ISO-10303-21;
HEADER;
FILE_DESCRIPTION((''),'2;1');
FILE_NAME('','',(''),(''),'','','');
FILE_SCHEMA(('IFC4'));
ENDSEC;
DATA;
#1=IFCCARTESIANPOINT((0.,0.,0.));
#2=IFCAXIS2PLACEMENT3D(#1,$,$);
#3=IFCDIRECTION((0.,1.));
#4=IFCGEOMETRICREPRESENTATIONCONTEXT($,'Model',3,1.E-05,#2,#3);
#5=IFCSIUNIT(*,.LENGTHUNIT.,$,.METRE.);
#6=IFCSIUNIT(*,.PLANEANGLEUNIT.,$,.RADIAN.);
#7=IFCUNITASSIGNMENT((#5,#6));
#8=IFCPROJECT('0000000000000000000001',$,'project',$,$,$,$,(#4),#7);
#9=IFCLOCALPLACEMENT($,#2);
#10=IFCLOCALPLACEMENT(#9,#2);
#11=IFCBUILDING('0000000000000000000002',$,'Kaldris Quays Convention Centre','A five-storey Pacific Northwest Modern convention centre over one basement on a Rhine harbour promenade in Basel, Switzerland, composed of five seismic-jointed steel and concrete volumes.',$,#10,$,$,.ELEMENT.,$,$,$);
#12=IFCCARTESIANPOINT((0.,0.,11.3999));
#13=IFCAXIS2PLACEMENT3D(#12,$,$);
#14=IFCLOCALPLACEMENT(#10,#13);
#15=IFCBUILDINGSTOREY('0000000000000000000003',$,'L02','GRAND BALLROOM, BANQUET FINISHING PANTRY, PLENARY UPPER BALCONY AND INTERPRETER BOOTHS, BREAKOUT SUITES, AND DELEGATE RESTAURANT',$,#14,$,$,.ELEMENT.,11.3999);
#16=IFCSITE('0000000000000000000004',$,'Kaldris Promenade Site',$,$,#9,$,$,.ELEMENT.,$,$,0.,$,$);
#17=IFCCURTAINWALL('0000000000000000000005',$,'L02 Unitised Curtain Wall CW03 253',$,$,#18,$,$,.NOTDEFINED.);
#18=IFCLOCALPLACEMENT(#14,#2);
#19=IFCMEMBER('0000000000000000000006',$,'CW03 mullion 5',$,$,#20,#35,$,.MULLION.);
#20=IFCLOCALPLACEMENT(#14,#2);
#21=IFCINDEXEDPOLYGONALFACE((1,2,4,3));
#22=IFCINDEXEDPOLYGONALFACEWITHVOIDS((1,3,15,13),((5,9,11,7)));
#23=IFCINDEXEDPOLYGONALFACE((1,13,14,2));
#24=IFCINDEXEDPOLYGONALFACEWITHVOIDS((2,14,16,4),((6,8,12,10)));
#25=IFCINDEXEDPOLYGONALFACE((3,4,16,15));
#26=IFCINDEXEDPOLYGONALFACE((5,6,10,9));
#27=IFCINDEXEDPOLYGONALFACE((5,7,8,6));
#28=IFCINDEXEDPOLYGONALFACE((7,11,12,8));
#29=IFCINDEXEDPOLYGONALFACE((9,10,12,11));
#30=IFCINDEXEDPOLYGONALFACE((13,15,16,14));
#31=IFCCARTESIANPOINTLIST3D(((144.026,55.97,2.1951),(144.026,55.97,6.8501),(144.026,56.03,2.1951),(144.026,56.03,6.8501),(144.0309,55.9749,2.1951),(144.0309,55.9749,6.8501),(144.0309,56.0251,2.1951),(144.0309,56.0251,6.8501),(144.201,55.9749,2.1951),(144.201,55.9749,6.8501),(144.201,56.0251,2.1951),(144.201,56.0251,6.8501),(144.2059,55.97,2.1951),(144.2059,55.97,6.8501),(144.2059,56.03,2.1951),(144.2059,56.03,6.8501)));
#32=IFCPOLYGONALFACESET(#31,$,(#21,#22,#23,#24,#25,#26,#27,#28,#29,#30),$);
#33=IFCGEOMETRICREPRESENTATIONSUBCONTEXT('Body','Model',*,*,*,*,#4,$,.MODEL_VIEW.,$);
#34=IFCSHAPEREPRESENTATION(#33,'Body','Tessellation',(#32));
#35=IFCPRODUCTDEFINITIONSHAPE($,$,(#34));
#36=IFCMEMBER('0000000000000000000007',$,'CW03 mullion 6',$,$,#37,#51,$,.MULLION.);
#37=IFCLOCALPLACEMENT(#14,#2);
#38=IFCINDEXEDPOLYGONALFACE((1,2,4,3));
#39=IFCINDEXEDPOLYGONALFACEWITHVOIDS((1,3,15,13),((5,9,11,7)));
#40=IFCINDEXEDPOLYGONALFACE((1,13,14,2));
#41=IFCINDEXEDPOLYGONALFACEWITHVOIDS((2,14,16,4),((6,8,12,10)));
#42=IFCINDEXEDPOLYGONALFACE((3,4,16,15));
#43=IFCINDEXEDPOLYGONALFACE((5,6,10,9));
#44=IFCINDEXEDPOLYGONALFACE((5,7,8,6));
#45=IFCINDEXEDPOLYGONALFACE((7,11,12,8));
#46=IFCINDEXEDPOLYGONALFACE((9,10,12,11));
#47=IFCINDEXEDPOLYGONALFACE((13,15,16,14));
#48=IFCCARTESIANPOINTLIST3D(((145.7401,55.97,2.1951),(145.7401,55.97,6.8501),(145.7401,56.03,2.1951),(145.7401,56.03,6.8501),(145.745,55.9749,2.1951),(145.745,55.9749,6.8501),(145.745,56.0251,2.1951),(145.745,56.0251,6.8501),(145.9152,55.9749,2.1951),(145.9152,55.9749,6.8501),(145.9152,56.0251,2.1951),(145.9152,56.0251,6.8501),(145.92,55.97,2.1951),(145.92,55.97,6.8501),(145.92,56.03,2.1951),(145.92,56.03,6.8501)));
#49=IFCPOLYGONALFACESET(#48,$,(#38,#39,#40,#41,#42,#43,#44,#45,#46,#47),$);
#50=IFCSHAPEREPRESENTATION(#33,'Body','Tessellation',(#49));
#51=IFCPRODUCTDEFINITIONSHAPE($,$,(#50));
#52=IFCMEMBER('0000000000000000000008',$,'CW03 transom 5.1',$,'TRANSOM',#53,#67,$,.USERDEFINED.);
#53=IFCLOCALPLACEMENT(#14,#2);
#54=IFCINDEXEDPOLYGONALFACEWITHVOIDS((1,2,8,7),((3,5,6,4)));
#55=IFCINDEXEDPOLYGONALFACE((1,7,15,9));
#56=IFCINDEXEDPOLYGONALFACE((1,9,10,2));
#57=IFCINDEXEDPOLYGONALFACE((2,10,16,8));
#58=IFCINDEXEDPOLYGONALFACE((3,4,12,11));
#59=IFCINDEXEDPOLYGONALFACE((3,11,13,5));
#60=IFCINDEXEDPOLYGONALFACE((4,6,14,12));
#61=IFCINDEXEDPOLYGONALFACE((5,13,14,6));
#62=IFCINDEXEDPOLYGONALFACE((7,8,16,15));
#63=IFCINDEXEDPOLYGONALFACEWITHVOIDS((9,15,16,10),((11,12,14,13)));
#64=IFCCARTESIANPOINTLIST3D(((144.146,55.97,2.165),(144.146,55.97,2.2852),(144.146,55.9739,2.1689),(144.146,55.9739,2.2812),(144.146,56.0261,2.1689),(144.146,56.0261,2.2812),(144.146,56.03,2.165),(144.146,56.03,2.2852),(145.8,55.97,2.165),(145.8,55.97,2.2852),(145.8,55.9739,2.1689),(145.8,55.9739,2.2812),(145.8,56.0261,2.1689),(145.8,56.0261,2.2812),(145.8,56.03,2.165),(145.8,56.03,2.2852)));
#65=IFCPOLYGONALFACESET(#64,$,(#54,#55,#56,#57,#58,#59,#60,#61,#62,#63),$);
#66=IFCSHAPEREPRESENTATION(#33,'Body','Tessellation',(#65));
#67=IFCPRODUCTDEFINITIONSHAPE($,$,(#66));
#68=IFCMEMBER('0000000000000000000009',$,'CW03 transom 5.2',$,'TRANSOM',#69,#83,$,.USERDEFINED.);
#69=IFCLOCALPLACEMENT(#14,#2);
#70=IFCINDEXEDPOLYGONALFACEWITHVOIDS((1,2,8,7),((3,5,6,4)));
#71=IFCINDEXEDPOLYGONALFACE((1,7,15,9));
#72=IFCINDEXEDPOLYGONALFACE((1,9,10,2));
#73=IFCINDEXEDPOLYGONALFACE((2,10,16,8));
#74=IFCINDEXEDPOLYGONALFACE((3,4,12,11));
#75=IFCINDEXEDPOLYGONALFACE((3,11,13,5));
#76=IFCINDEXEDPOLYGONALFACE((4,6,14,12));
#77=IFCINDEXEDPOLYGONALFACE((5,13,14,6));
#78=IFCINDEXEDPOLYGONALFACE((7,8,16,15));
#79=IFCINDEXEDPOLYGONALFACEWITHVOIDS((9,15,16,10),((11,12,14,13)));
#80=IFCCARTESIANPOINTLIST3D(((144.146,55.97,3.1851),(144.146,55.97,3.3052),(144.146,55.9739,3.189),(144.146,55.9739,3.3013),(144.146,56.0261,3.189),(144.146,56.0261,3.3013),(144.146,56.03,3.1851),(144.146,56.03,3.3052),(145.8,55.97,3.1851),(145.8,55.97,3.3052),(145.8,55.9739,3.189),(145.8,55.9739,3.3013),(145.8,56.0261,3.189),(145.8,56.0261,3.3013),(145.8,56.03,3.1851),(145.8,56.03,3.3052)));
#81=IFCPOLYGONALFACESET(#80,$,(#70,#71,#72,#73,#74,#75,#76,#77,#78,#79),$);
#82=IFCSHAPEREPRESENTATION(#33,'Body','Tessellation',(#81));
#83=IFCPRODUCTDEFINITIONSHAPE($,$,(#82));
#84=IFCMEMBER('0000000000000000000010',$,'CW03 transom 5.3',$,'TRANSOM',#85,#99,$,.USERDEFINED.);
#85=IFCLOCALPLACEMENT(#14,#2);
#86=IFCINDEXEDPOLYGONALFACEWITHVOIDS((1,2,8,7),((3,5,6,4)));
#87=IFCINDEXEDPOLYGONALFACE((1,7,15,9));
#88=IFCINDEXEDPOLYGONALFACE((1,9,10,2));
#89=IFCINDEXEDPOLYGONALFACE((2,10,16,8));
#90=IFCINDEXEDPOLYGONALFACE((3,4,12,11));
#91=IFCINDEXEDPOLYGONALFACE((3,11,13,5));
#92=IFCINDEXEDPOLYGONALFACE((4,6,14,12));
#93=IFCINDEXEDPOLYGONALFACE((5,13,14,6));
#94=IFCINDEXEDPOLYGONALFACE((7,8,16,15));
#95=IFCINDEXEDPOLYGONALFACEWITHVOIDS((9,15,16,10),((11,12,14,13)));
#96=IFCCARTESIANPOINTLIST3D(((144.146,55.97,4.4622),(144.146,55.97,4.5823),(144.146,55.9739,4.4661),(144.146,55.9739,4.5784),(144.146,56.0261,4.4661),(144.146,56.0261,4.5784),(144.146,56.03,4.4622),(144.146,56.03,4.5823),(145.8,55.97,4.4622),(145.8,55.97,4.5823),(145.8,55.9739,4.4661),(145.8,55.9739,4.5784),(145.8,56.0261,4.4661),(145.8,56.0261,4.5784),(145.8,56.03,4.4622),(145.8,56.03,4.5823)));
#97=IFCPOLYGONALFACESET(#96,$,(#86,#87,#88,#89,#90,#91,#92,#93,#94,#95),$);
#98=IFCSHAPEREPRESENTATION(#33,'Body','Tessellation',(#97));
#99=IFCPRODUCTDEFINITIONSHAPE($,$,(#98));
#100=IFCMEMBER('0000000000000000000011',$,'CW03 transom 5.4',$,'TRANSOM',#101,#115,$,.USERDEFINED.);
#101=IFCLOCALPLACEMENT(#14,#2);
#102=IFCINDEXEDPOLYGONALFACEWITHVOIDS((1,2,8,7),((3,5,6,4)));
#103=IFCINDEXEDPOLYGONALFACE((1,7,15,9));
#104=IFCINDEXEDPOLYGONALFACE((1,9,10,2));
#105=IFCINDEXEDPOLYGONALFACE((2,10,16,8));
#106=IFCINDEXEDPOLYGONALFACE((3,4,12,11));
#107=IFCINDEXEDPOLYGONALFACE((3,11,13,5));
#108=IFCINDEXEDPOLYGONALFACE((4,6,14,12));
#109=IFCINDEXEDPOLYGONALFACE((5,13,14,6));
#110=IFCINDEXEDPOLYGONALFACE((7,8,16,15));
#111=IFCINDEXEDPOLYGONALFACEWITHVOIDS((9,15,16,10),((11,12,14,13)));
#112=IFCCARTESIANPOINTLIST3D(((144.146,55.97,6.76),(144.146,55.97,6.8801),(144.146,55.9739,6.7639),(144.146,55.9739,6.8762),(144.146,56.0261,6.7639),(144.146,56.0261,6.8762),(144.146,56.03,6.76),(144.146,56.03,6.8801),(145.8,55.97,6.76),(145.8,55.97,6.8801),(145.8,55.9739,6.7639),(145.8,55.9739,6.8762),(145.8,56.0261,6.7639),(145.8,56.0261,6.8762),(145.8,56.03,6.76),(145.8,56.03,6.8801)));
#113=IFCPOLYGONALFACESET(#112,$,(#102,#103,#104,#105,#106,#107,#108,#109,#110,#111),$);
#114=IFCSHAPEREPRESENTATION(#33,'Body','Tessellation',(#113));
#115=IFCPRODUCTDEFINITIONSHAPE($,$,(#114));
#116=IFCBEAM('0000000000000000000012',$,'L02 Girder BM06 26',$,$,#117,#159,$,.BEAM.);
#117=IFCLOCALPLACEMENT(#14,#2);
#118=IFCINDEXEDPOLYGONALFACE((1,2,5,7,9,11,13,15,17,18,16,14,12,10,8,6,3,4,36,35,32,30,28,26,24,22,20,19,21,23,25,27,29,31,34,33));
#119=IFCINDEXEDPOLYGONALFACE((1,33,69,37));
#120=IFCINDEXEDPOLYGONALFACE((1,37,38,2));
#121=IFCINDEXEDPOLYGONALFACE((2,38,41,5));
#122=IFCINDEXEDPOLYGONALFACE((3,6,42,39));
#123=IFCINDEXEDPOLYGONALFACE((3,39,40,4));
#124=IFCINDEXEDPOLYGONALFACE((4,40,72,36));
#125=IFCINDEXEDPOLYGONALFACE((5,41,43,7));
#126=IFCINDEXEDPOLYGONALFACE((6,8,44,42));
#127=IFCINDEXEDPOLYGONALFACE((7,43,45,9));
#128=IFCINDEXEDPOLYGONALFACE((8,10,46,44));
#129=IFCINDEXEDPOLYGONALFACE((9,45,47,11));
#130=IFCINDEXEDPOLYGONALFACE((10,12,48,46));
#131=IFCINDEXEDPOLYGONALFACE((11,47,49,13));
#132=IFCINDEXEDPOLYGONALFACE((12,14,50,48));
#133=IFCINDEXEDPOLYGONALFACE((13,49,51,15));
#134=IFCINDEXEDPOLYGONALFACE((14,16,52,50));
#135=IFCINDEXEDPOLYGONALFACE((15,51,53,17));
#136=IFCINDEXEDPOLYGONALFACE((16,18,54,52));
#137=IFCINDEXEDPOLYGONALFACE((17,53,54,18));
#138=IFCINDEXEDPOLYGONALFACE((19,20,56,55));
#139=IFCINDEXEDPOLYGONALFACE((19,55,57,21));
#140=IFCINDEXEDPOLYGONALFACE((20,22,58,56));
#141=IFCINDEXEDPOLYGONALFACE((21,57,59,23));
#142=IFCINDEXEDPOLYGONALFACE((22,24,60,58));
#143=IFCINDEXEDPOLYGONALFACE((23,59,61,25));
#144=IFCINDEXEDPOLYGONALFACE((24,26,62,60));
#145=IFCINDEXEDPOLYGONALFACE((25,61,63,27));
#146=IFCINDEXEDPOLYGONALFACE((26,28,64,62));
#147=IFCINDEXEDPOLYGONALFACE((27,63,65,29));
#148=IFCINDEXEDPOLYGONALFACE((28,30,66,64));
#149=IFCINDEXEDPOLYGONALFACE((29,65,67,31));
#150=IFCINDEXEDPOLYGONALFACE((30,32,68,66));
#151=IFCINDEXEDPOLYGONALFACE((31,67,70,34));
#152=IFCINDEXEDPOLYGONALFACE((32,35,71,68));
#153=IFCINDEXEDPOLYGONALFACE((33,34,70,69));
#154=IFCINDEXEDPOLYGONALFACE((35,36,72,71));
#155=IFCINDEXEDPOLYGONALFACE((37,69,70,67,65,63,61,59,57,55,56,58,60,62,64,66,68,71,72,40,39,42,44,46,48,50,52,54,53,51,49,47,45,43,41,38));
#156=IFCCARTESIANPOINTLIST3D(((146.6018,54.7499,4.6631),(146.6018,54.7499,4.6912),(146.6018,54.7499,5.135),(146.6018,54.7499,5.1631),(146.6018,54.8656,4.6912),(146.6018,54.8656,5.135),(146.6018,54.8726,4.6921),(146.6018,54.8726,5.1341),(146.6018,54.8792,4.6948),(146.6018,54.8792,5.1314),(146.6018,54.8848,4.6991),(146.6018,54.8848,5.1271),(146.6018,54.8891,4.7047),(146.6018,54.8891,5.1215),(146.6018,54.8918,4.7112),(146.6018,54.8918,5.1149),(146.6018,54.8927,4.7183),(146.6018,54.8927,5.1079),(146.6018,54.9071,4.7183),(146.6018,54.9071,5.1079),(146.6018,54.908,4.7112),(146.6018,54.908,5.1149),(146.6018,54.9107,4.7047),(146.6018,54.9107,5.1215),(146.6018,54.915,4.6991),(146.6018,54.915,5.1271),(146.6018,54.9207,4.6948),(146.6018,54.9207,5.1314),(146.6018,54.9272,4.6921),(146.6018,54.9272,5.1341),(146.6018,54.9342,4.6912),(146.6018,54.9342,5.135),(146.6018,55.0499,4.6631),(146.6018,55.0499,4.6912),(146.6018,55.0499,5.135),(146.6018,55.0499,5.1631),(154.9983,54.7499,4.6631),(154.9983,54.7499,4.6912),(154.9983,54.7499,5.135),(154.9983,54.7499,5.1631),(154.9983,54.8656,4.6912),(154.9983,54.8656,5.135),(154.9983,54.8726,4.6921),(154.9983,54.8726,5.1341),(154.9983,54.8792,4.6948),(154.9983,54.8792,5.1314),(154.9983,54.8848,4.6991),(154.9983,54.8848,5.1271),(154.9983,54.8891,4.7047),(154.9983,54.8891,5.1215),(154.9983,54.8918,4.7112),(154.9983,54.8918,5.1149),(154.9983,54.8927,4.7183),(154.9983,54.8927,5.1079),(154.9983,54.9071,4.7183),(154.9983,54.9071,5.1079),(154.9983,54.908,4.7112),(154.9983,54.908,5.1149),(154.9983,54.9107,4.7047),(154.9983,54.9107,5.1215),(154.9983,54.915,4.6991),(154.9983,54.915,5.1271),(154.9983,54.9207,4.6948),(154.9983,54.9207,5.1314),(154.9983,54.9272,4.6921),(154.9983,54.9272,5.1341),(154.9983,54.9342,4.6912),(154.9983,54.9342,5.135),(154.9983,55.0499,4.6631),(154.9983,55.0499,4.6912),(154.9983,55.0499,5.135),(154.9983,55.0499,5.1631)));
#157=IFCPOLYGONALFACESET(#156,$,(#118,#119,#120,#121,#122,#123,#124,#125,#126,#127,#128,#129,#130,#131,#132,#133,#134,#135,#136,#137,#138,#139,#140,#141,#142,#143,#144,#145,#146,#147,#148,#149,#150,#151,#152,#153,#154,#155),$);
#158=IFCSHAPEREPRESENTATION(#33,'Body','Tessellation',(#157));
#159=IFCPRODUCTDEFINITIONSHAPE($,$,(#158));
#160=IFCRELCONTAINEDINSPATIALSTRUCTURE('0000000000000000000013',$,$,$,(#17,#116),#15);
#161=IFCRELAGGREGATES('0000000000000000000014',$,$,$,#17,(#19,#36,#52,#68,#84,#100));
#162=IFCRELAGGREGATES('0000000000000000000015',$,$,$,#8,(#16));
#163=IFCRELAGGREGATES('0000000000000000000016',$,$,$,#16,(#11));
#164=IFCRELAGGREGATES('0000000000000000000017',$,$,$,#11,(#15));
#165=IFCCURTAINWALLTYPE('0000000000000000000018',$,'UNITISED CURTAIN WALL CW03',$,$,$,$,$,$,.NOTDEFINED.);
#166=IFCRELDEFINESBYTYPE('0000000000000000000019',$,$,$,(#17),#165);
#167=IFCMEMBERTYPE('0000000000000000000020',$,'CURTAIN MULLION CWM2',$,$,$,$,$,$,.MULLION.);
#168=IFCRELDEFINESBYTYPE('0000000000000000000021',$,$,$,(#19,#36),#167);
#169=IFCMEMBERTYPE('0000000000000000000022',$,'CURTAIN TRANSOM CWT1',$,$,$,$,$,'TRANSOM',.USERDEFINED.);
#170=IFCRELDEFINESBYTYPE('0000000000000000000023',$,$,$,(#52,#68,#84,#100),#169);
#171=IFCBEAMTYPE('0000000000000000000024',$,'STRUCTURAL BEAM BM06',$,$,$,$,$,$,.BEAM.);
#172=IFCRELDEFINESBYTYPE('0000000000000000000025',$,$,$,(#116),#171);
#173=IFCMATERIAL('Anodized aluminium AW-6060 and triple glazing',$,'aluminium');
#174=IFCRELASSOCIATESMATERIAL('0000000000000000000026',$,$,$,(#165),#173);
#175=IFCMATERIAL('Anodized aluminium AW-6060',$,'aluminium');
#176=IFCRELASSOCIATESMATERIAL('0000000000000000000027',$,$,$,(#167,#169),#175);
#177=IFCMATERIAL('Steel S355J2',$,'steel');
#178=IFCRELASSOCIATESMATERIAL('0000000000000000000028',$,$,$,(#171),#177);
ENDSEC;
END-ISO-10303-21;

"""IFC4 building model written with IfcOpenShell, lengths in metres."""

from ifc_helpers import new_model, si_unit, direction, frame, origin, origin_2d, place, context, subcontext, project, spatial, hollow_rectangle, i_section, extrude, material, material_profile, profile_set, type_object, element, aggregate, save


model = new_model("IFC4")

# Units and contexts
model_context = context("Model", 3, precision=1e-05, world=origin(), true_north=direction((0.0, 1.0)))
body_context = subcontext(model_context, "Body", "Model", "MODEL_VIEW")
ifc_project = project(units=[si_unit("LENGTHUNIT", "METRE"), si_unit("PLANEANGLEUNIT", "RADIAN")], contexts=[model_context])

# Site, building, storey
site_placement = place(None, origin())
site = spatial("IfcSite", under=ifc_project, at=site_placement, Name="Kaldris Promenade Site", CompositionType="ELEMENT", RefElevation=0.0)
building_placement = place(site_placement, origin())
building = spatial("IfcBuilding", under=site, at=building_placement, Name="Kaldris Quays Convention Centre", Description="A five-storey Pacific Northwest Modern convention centre over one basement on a Rhine harbour promenade in Basel, Switzerland, composed of five seismic-jointed steel and concrete volumes.", CompositionType="ELEMENT")
storey_placement = place(building_placement, frame((0.0, 0.0, 11.3999)))
storey = spatial("IfcBuildingStorey", under=building, at=storey_placement, Name="L02", Description="GRAND BALLROOM, BANQUET FINISHING PANTRY, PLENARY UPPER BALCONY AND INTERPRETER BOOTHS, BREAKOUT SUITES, AND DELEGATE RESTAURANT", CompositionType="ELEMENT", Elevation=11.3999)

# Shared definitions
ifc_material_1 = material(Name="Steel S355J2", Category="steel")

# Curtain wall, members
ifc_material_2 = material(Name="Anodized aluminium AW-6060 and triple glazing", Category="aluminium")
curtain_wall_type = type_object("IfcCurtainWallType", Name="UNITISED CURTAIN WALL CW03", PredefinedType="NOTDEFINED", material=ifc_material_2)
curtain_wall_placement = place(storey_placement, origin())
curtain_wall = element("IfcCurtainWall", 1, at=curtain_wall_placement, inside=storey, type_object=curtain_wall_type, Name="L02 Unitised Curtain Wall CW03 253", PredefinedType="NOTDEFINED")
ifc_material_3 = material(Name="Anodized aluminium AW-6060", Category="aluminium")
ifc_material_profile_1 = material_profile(ifc_material_3, hollow_rectangle(XDim=0.0601, YDim=0.1799, WallThickness=0.0049, at=origin_2d()), Name="RHS 180x60x5")
ifc_profile_set_1 = profile_set([ifc_material_profile_1], Name="Anodized aluminium AW-6060")
member_type_1 = type_object("IfcMemberType", Name="CURTAIN MULLION CWM2", PredefinedType="MULLION", material=ifc_profile_set_1)
member_1_placement = place(storey_placement, frame((144.116, 56.0, 2.1951), z_axis=(0.0, 0.0, 1.0), x_axis=(0.0, 1.0, 0.0)))
member_1 = element("IfcMember", 2, at=member_1_placement, type_object=member_type_1, Name="CW03 mullion 5", PredefinedType="MULLION", context=body_context, shape_type="SweptSolid", body=[
    extrude(hollow_rectangle(XDim=0.0601, YDim=0.1799, WallThickness=0.0049, at=origin_2d()), origin(), (0.0, 0.0, 1.0), 4.655),
])
member_2_placement = place(storey_placement, frame((145.8301, 56.0, 2.1951), z_axis=(0.0, 0.0, 1.0), x_axis=(0.0, 1.0, 0.0)))
member_2 = element("IfcMember", 3, at=member_2_placement, type_object=member_type_1, Name="CW03 mullion 6", PredefinedType="MULLION", context=body_context, shape_type="SweptSolid", body=[
    extrude(hollow_rectangle(XDim=0.0601, YDim=0.1799, WallThickness=0.0049, at=origin_2d()), origin(), (0.0, 0.0, 1.0), 4.655),
])
ifc_material_profile_2 = material_profile(ifc_material_3, hollow_rectangle(XDim=0.0601, YDim=0.1201, WallThickness=0.0039, at=origin_2d()), Name="RHS 120x60x4")
ifc_profile_set_2 = profile_set([ifc_material_profile_2], Name="Anodized aluminium AW-6060")
member_type_2 = type_object("IfcMemberType", Name="CURTAIN TRANSOM CWT1", ElementType="TRANSOM", PredefinedType="USERDEFINED", material=ifc_profile_set_2)
member_3_placement = place(storey_placement, frame((144.146, 56.0, 2.2251), z_axis=(1.0, 0.0, 0.0), x_axis=(0.0, 1.0, 0.0)))
member_3 = element("IfcMember", 4, at=member_3_placement, type_object=member_type_2, Name="CW03 transom 5.1", ObjectType="TRANSOM", PredefinedType="USERDEFINED", context=body_context, shape_type="SweptSolid", body=[
    extrude(hollow_rectangle(XDim=0.0601, YDim=0.1201, WallThickness=0.0039, at=origin_2d()), origin(), (0.0, 0.0, 1.0), 1.6541),
])
member_4_placement = place(storey_placement, frame((144.146, 56.0, 3.2451), z_axis=(1.0, 0.0, 0.0), x_axis=(0.0, 1.0, 0.0)))
member_4 = element("IfcMember", 5, at=member_4_placement, type_object=member_type_2, Name="CW03 transom 5.2", ObjectType="TRANSOM", PredefinedType="USERDEFINED", context=body_context, shape_type="SweptSolid", body=[
    extrude(hollow_rectangle(XDim=0.0601, YDim=0.1201, WallThickness=0.0039, at=origin_2d()), origin(), (0.0, 0.0, 1.0), 1.6541),
])
member_5_placement = place(storey_placement, frame((144.146, 56.0, 4.5222), z_axis=(1.0, 0.0, 0.0), x_axis=(0.0, 1.0, 0.0)))
member_5 = element("IfcMember", 6, at=member_5_placement, type_object=member_type_2, Name="CW03 transom 5.3", ObjectType="TRANSOM", PredefinedType="USERDEFINED", context=body_context, shape_type="SweptSolid", body=[
    extrude(hollow_rectangle(XDim=0.0601, YDim=0.1201, WallThickness=0.0039, at=origin_2d()), origin(), (0.0, 0.0, 1.0), 1.6541),
])
member_6_placement = place(storey_placement, frame((144.146, 56.0, 6.8201), z_axis=(1.0, 0.0, 0.0), x_axis=(0.0, 1.0, 0.0)))
member_6 = element("IfcMember", 7, at=member_6_placement, type_object=member_type_2, Name="CW03 transom 5.4", ObjectType="TRANSOM", PredefinedType="USERDEFINED", context=body_context, shape_type="SweptSolid", body=[
    extrude(hollow_rectangle(XDim=0.0601, YDim=0.1201, WallThickness=0.0039, at=origin_2d()), origin(), (0.0, 0.0, 1.0), 1.6541),
])

# Beam
ifc_material_profile_3 = material_profile(ifc_material_1, i_section(OverallWidth=0.3, OverallDepth=0.5, WebThickness=0.0144, FlangeThickness=0.0281, FilletRadius=0.0271, at=origin_2d()), Name="HEB 500")
ifc_profile_set_3 = profile_set([ifc_material_profile_3], Name="Steel S355J2")
beam_type_1 = type_object("IfcBeamType", Name="STRUCTURAL BEAM BM06", PredefinedType="BEAM", material=ifc_profile_set_3)
beam_1_placement = place(storey_placement, frame((146.6018, 54.8999, 4.9131), z_axis=(1.0, 0.0, 0.0), x_axis=(0.0, 1.0, 0.0)))
element("IfcBeam", 8, at=beam_1_placement, inside=storey, type_object=beam_type_1, Name="L02 Girder BM06 26", PredefinedType="BEAM", context=body_context, shape_type="SweptSolid", body=[
    extrude(i_section(OverallWidth=0.3, OverallDepth=0.5, WebThickness=0.0144, FlangeThickness=0.0281, FilletRadius=0.0271, at=origin_2d()), origin(), (0.0, 0.0, 1.0), 8.3965),
])

aggregate(curtain_wall, [member_1, member_2, member_3, member_4, member_5, member_6])

save(model, "model.ifc")
